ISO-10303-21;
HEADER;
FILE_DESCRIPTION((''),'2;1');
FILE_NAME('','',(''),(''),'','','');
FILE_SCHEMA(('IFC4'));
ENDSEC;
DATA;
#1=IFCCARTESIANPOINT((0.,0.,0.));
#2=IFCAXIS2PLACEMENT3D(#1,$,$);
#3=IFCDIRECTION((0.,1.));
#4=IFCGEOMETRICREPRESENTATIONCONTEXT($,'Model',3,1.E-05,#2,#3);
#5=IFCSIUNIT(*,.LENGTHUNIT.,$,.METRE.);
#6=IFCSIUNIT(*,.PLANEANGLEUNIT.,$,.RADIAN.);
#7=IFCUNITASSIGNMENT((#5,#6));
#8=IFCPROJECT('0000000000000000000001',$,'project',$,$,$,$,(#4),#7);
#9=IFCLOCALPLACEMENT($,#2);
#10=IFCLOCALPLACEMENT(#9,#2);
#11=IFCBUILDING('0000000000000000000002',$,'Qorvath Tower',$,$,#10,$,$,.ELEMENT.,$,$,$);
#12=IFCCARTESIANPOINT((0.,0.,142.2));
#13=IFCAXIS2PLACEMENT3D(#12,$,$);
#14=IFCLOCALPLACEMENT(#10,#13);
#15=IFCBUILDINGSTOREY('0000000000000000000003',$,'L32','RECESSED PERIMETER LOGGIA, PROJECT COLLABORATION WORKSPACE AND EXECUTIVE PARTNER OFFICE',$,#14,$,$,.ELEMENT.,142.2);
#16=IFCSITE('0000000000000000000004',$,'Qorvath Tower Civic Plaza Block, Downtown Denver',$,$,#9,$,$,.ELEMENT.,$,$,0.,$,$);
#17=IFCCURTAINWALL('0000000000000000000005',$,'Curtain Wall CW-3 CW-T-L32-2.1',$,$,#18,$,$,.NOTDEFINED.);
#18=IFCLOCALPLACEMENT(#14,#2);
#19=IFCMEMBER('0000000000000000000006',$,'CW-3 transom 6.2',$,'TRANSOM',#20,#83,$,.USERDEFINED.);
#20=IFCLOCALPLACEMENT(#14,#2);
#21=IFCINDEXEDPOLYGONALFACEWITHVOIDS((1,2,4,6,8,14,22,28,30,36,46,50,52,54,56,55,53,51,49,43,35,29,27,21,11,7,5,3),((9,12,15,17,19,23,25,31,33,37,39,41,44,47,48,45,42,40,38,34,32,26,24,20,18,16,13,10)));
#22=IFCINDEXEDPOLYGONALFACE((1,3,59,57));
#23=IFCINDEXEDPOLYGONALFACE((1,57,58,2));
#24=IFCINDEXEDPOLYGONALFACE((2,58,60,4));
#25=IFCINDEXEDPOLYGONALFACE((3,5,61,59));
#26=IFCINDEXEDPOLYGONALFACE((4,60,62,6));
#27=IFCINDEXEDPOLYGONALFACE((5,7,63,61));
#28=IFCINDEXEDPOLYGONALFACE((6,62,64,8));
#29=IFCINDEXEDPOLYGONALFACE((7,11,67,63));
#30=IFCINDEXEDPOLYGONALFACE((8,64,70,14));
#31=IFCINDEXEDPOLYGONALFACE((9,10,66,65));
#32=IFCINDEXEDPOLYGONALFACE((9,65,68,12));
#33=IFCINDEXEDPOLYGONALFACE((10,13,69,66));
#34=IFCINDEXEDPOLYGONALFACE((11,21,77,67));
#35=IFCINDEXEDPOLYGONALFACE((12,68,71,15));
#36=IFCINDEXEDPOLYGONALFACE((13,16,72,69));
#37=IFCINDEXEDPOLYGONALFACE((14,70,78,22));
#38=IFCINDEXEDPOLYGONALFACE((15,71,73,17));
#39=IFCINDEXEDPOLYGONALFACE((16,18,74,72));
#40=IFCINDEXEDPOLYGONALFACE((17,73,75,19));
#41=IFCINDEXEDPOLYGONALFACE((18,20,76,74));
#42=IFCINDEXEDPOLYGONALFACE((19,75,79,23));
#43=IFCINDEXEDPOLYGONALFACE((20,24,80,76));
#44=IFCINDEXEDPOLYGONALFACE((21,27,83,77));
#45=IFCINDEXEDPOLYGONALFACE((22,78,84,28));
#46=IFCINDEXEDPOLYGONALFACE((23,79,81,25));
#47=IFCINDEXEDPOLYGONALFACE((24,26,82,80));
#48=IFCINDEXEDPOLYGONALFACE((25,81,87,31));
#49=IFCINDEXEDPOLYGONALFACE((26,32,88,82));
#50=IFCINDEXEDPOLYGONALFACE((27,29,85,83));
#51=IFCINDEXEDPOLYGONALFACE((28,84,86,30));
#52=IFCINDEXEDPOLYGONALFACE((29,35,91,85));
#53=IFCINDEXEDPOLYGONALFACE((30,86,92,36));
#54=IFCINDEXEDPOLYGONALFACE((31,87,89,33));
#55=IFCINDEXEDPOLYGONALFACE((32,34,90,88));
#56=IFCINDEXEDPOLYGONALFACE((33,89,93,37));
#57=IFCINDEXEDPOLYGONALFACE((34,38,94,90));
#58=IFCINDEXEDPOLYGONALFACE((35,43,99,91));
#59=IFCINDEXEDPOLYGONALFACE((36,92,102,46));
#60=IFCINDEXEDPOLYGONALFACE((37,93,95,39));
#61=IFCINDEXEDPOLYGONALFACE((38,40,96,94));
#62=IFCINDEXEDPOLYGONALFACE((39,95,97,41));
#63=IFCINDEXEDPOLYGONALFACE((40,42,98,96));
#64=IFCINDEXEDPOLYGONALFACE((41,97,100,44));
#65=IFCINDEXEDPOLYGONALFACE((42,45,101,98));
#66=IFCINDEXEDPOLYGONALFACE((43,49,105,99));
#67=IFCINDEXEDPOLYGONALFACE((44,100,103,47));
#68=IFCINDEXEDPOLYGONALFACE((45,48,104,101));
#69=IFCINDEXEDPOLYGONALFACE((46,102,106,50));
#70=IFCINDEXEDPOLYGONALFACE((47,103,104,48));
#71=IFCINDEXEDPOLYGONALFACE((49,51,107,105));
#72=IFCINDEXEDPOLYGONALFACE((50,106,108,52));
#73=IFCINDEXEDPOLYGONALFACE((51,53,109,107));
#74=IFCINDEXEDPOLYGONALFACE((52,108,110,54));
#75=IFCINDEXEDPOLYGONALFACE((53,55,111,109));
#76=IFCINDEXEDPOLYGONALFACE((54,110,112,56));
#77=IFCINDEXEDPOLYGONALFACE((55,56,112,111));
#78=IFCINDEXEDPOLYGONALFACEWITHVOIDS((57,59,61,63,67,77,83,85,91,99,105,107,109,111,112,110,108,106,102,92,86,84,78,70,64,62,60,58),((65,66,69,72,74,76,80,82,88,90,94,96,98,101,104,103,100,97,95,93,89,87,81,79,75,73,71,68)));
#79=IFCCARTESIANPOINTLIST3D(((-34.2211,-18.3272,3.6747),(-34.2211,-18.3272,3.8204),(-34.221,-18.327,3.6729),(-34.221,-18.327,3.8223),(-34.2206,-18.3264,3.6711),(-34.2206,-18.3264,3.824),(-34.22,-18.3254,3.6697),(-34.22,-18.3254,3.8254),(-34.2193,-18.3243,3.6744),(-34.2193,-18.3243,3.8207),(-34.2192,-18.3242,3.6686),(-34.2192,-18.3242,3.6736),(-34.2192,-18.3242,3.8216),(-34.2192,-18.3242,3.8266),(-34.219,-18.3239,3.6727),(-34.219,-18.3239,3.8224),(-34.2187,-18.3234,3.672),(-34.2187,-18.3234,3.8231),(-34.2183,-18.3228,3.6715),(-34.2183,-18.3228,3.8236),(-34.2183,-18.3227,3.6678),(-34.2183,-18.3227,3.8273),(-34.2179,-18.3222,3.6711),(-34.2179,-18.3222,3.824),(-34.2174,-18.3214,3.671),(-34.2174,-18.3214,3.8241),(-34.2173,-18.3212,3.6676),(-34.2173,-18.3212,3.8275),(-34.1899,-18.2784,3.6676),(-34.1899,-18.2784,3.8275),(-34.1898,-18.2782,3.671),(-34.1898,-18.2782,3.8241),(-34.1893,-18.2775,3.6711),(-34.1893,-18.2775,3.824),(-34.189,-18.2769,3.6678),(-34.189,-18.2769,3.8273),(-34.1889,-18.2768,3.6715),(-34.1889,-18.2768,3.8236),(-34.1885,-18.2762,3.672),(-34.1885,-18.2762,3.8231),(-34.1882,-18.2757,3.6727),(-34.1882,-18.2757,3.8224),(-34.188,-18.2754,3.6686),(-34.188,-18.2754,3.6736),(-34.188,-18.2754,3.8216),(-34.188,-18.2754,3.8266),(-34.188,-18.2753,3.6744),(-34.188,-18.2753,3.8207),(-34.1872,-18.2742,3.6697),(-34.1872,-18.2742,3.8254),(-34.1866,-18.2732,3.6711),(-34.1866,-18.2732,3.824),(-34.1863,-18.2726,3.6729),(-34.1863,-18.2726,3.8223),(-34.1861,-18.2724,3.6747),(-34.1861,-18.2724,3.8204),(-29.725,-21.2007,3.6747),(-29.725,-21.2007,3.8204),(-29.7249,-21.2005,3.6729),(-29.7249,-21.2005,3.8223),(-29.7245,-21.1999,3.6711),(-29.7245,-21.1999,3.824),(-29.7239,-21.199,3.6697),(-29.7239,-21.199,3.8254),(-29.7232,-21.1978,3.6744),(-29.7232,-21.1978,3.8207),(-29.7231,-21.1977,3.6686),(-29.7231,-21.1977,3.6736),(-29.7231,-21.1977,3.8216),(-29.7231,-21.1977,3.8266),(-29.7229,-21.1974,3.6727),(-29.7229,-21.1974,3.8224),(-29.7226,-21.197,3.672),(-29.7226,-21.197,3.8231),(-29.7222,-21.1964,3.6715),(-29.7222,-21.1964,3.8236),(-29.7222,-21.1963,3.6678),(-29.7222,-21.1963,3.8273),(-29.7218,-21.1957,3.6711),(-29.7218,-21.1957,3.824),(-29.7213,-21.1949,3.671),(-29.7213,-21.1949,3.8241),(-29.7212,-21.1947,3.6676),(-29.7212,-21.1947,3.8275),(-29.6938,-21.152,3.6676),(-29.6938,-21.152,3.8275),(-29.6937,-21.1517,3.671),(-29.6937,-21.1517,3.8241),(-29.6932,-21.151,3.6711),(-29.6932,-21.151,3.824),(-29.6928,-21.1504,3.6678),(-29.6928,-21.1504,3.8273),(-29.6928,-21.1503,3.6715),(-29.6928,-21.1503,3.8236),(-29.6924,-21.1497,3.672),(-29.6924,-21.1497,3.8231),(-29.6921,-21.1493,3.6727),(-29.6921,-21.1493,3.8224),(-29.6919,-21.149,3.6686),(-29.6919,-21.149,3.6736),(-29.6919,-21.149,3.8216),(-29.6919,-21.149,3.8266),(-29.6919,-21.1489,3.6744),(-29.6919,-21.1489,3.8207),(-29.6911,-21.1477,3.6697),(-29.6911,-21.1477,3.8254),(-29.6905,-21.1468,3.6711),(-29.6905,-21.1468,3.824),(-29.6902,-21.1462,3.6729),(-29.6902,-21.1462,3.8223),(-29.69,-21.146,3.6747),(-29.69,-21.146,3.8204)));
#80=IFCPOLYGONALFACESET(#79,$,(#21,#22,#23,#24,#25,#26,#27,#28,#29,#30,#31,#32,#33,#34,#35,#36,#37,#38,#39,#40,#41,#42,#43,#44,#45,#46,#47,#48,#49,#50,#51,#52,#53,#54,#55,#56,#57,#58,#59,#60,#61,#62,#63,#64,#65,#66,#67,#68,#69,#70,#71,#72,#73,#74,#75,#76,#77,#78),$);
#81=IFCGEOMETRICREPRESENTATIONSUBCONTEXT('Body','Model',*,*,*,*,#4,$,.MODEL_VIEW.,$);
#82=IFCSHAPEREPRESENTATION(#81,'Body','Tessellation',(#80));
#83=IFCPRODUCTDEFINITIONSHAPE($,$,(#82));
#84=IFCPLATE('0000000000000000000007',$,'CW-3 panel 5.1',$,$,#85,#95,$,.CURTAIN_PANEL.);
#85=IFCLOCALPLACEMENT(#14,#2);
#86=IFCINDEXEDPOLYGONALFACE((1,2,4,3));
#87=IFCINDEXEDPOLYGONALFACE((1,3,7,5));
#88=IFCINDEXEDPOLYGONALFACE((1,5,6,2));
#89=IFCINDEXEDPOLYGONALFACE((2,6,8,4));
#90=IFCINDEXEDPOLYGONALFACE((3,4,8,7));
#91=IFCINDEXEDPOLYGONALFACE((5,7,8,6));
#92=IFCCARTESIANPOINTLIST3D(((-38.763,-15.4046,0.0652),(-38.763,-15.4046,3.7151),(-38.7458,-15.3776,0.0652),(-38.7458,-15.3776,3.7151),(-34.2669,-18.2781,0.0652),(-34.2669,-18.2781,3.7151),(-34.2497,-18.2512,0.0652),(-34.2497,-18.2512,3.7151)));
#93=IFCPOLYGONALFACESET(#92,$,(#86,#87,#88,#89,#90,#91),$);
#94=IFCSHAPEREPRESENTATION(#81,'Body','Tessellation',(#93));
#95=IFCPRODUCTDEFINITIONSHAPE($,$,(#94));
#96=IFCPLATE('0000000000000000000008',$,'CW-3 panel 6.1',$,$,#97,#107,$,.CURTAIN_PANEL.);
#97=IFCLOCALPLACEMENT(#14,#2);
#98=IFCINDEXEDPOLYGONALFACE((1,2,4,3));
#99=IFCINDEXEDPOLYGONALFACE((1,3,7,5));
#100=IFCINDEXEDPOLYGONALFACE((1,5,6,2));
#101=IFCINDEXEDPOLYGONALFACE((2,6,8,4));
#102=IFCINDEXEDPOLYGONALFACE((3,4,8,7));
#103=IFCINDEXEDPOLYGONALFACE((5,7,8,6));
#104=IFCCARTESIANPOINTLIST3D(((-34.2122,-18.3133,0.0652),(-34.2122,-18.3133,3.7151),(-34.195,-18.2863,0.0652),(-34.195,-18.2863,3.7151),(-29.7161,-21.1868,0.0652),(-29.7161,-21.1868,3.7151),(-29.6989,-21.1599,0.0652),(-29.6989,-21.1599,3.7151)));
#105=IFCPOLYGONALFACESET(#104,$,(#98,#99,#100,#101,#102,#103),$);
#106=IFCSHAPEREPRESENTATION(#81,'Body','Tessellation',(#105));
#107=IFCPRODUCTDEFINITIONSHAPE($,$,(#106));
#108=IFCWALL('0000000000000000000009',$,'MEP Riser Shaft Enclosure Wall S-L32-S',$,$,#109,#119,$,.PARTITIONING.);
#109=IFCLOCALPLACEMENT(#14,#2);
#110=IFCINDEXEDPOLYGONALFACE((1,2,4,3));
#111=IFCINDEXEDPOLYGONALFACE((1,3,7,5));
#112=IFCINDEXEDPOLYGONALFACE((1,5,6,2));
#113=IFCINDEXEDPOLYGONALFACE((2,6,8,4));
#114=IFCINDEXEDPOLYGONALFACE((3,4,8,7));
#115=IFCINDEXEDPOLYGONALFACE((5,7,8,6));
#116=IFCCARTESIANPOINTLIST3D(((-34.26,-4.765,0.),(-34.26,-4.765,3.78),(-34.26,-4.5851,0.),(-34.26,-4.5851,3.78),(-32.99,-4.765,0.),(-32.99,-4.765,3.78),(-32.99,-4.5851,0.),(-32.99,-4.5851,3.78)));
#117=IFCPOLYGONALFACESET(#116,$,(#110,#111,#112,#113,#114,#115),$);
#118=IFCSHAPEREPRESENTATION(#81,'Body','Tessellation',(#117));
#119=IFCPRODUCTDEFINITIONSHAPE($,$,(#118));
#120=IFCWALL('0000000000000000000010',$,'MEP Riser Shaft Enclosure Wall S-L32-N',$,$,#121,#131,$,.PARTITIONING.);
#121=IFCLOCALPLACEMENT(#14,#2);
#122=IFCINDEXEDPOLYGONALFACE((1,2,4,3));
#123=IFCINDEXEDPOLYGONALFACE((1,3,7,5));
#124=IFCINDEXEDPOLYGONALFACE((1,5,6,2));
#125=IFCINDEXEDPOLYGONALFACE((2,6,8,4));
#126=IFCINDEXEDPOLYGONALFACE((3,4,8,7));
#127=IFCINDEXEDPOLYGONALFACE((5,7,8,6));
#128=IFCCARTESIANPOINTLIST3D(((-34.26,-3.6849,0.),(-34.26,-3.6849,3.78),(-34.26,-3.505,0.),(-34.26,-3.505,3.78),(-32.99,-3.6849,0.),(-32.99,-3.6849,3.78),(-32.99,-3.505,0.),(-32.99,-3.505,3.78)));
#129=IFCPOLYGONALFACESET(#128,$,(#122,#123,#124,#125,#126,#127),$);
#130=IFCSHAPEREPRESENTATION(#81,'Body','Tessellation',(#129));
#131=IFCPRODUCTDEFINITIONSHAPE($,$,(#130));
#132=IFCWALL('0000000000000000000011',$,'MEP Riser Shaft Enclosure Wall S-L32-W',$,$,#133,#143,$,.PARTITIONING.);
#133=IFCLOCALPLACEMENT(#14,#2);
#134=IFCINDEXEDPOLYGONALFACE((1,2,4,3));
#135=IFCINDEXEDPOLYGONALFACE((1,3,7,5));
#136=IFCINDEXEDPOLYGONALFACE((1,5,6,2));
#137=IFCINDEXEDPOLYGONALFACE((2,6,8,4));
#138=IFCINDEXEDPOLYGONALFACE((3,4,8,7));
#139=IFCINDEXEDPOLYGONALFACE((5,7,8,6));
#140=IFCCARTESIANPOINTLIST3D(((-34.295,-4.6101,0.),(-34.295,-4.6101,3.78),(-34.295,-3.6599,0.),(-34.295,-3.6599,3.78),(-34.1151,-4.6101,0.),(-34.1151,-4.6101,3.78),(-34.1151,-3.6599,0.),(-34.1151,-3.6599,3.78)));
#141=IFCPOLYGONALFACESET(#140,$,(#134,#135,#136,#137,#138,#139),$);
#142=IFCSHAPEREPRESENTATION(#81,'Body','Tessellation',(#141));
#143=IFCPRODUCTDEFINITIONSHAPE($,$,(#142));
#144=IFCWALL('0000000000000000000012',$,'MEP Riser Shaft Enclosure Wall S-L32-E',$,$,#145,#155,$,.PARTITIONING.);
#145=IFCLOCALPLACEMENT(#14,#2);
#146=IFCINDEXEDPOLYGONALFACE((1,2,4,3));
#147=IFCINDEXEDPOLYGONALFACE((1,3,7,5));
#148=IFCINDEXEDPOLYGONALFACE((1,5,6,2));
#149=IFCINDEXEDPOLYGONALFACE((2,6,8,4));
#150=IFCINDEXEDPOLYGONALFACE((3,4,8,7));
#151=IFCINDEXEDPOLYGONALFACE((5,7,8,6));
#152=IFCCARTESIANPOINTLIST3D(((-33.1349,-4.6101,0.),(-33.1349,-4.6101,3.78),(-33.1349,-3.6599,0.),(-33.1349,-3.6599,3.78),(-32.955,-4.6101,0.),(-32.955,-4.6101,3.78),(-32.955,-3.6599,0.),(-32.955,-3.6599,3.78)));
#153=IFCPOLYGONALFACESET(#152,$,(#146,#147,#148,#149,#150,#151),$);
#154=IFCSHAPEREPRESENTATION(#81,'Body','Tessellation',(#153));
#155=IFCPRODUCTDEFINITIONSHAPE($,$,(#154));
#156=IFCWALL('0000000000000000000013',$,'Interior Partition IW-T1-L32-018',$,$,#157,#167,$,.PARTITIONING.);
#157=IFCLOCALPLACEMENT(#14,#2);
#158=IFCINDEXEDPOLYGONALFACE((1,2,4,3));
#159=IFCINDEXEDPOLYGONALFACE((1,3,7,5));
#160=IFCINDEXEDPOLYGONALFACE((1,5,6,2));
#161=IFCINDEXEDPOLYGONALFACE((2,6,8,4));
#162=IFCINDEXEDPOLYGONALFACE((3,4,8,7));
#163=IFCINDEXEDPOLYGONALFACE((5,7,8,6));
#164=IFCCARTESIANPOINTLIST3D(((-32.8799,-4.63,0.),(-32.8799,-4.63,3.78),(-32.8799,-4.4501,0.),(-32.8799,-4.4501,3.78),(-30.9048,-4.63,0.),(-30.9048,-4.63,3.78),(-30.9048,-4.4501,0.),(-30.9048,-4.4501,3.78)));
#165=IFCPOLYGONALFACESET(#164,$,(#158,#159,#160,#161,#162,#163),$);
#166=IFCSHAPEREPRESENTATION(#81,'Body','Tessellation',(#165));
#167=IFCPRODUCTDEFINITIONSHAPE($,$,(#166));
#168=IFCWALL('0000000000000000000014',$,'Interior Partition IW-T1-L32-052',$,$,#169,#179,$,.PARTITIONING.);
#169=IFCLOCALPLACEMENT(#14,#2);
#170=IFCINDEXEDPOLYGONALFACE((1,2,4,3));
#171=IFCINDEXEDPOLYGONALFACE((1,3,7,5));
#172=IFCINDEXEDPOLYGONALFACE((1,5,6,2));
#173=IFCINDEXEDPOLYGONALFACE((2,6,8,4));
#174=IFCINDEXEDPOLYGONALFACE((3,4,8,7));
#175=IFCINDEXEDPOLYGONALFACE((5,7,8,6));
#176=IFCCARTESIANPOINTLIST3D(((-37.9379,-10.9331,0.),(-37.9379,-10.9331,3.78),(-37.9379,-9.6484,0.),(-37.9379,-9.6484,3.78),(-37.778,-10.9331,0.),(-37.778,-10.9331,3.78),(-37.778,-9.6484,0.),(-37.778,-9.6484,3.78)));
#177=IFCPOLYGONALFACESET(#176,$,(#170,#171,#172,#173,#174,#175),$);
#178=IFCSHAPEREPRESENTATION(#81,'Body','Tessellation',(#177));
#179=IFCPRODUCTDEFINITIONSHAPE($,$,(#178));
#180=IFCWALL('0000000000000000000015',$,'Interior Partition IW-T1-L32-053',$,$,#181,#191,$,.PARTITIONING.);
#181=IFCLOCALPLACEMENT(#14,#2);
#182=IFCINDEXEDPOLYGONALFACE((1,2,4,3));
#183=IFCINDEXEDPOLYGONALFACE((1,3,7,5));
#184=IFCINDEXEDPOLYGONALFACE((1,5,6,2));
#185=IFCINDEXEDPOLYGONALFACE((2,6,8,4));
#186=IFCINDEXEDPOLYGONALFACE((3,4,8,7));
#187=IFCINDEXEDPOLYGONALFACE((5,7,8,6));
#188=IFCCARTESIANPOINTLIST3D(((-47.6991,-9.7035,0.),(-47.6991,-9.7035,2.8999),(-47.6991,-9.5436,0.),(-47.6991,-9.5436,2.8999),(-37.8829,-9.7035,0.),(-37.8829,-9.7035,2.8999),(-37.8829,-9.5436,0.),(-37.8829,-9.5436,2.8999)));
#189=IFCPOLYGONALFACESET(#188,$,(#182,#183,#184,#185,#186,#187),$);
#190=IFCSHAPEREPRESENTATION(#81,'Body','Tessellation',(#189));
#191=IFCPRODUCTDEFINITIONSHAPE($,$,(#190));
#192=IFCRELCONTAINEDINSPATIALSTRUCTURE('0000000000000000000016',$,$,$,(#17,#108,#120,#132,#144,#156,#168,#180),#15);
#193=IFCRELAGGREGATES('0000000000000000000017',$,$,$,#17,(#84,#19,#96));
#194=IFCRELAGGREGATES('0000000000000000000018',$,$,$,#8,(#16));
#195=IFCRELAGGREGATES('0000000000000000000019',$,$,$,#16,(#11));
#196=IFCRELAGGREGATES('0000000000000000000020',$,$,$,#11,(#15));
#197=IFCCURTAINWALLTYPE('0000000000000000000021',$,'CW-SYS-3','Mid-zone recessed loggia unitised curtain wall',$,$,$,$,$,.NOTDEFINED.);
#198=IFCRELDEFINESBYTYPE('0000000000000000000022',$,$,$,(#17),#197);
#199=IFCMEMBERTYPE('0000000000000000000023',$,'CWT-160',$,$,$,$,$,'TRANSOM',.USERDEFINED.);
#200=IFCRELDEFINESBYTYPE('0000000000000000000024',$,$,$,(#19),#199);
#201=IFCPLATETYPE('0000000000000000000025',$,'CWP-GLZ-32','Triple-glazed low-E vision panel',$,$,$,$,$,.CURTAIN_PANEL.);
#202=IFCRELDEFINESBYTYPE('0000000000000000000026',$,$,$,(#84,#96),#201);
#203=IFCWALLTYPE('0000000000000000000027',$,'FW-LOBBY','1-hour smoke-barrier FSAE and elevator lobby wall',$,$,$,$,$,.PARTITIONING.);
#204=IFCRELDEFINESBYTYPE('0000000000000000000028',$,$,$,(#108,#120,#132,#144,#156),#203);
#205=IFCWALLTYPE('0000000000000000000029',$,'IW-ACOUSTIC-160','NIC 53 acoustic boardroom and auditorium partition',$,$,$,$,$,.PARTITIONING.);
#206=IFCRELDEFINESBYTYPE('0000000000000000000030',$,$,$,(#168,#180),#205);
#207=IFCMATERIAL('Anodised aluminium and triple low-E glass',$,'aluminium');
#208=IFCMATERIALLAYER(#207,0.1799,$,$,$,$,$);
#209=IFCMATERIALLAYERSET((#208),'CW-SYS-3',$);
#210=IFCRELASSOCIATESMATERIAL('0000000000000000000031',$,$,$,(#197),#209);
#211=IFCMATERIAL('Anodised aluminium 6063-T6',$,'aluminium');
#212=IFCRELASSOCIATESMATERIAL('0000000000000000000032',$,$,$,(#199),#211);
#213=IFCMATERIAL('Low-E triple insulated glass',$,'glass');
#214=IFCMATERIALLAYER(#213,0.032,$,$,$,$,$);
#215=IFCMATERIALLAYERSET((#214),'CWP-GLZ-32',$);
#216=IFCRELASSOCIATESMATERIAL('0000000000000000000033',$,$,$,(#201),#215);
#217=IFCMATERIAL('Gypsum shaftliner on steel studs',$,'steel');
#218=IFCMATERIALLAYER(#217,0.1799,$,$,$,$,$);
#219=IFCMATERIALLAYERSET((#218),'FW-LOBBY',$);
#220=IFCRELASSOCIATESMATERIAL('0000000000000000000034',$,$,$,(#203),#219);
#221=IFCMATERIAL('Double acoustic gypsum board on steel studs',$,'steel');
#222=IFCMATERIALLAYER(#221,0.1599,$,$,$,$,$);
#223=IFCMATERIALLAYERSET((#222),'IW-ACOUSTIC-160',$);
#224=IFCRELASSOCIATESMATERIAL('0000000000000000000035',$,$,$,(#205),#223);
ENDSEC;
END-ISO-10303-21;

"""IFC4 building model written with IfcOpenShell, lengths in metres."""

from ifc_helpers import new_model, si_unit, direction, frame, frame_2d, origin, origin_2d, place, context, subcontext, project, spatial, rectangle, hollow_rectangle, extrude, material, layer, layer_set, material_profile, profile_set, type_object, element, aggregate, save


model = new_model("IFC4")

# Units and contexts
model_context = context("Model", 3, precision=1e-05, world=origin(), true_north=direction((0.0, 1.0)))
body_context = subcontext(model_context, "Body", "Model", "MODEL_VIEW")
ifc_project = project(units=[si_unit("LENGTHUNIT", "METRE"), si_unit("PLANEANGLEUNIT", "RADIAN")], contexts=[model_context])

# Site, building, storey
site_placement = place(None, origin())
site = spatial("IfcSite", under=ifc_project, at=site_placement, Name="Qorvath Tower Civic Plaza Block, Downtown Denver", CompositionType="ELEMENT", RefElevation=0.0)
building_placement = place(site_placement, origin())
building = spatial("IfcBuilding", under=site, at=building_placement, Name="Qorvath Tower", CompositionType="ELEMENT")
storey_placement = place(building_placement, frame((0.0, 0.0, 142.2)))
storey = spatial("IfcBuildingStorey", under=building, at=storey_placement, Name="L32", Description="RECESSED PERIMETER LOGGIA, PROJECT COLLABORATION WORKSPACE AND EXECUTIVE PARTNER OFFICE", CompositionType="ELEMENT", Elevation=142.2)

# Curtain wall, member, plates
ifc_material_1 = material(Name="Anodised aluminium and triple low-E glass", Category="aluminium")
ifc_layer_1 = layer(ifc_material_1, 0.1799)
ifc_layer_set_1 = layer_set([ifc_layer_1], Name="CW-SYS-3")
curtain_wall_type = type_object("IfcCurtainWallType", Name="CW-SYS-3", Description="Mid-zone recessed loggia unitised curtain wall", PredefinedType="NOTDEFINED", material=ifc_layer_set_1)
curtain_wall_placement = place(storey_placement, origin())
curtain_wall = element("IfcCurtainWall", 1, at=curtain_wall_placement, inside=storey, type_object=curtain_wall_type, Name="Curtain Wall CW-3 CW-T-L32-2.1", PredefinedType="NOTDEFINED")
ifc_material_2 = material(Name="Anodised aluminium 6063-T6", Category="aluminium")
ifc_material_profile_1 = material_profile(ifc_material_2, hollow_rectangle(XDim=0.0649, YDim=0.1599, WallThickness=0.0034, InnerFilletRadius=0.0034, OuterFilletRadius=0.0071, at=origin_2d()), Name="CWT 160x65")
ifc_profile_set_1 = profile_set([ifc_material_profile_1], Name="Anodised aluminium 6063-T6")
member_type_1 = type_object("IfcMemberType", Name="CWT-160", ElementType="TRANSOM", PredefinedType="USERDEFINED", material=ifc_profile_set_1)
member_1_placement = place(storey_placement, frame((-34.2036, -18.2998, 3.7476), z_axis=(0.842609, -0.538526, 0.0), x_axis=(0.538526, 0.842609, 0.0)))
member_1 = element("IfcMember", 2, at=member_1_placement, type_object=member_type_1, Name="CW-3 transom 6.2", ObjectType="TRANSOM", PredefinedType="USERDEFINED", context=body_context, shape_type="SweptSolid", body=[
    extrude(hollow_rectangle(XDim=0.0649, YDim=0.1599, WallThickness=0.0034, InnerFilletRadius=0.0034, OuterFilletRadius=0.0071, at=origin_2d()), origin(), (0.0, 0.0, 1.0), 5.3359),
])
ifc_material_3 = material(Name="Low-E triple insulated glass", Category="glass")
ifc_layer_2 = layer(ifc_material_3, 0.032)
ifc_layer_set_2 = layer_set([ifc_layer_2], Name="CWP-GLZ-32")
plate_type = type_object("IfcPlateType", Name="CWP-GLZ-32", Description="Triple-glazed low-E vision panel", PredefinedType="CURTAIN_PANEL", material=ifc_layer_set_2)
plate_1_placement = place(storey_placement, frame((-36.5063, -16.8279, 0.0652), z_axis=(0.0, 0.0, 1.0), x_axis=(0.842604, -0.538533, 0.0)))
plate_1 = element("IfcPlate", 3, at=plate_1_placement, type_object=plate_type, Name="CW-3 panel 5.1", PredefinedType="CURTAIN_PANEL", context=body_context, shape_type="SweptSolid", body=[
    extrude(rectangle(XDim=5.3359, YDim=0.032, at=origin_2d()), origin(), (0.0, 0.0, 1.0), 3.6499),
])
plate_2_placement = place(storey_placement, frame((-31.9556, -19.7366, 0.0652), z_axis=(0.0, 0.0, 1.0), x_axis=(0.842604, -0.538533, 0.0)))
plate_2 = element("IfcPlate", 4, at=plate_2_placement, type_object=plate_type, Name="CW-3 panel 6.1", PredefinedType="CURTAIN_PANEL", context=body_context, shape_type="SweptSolid", body=[
    extrude(rectangle(XDim=5.3359, YDim=0.032, at=origin_2d()), origin(), (0.0, 0.0, 1.0), 3.6499),
])
aggregate(curtain_wall, [plate_1, member_1, plate_2])

# Walls
ifc_material_4 = material(Name="Gypsum shaftliner on steel studs", Category="steel")
ifc_layer_3 = layer(ifc_material_4, 0.1799)
ifc_layer_set_3 = layer_set([ifc_layer_3], Name="FW-LOBBY")
wall_type_1 = type_object("IfcWallType", Name="FW-LOBBY", Description="1-hour smoke-barrier FSAE and elevator lobby wall", PredefinedType="PARTITIONING", material=ifc_layer_set_3)
for number, where, z_axis, x_axis, name in (
    (5, (-32.99, -4.675, 0.0), (0.0, 0.0, 1.0), (-1.0, 0.0, 0.0), "MEP Riser Shaft Enclosure Wall S-L32-S"),
    (6, (-34.26, -3.595, 0.0), (0.0, 0.0, 1.0), (1.0, 0.0, 0.0), "MEP Riser Shaft Enclosure Wall S-L32-N"),
):
    element("IfcWall", number, at=place(storey_placement, frame(where, z_axis=z_axis, x_axis=x_axis)), inside=storey, type_object=wall_type_1, Name=name, PredefinedType="PARTITIONING", context=body_context, shape_type="SweptSolid", body=[
        extrude(rectangle(XDim=1.27, YDim=0.1799, at=frame_2d((0.635, 0.0))), origin(), (0.0, 0.0, 1.0), 3.78),
    ])
for number, where, z_axis, x_axis, name in (
    (7, (-34.2051, -4.6101, 0.0), (0.0, 0.0, 1.0), (0.0, 1.0, 0.0), "MEP Riser Shaft Enclosure Wall S-L32-W"),
    (8, (-33.0449, -3.6599, 0.0), (0.0, 0.0, 1.0), (0.0, -1.0, 0.0), "MEP Riser Shaft Enclosure Wall S-L32-E"),
):
    element("IfcWall", number, at=place(storey_placement, frame(where, z_axis=z_axis, x_axis=x_axis)), inside=storey, type_object=wall_type_1, Name=name, PredefinedType="PARTITIONING", context=body_context, shape_type="SweptSolid", body=[
        extrude(rectangle(XDim=0.9502, YDim=0.1799, at=frame_2d((0.4751, 0.0))), origin(), (0.0, 0.0, 1.0), 3.78),
    ])
wall_1_placement = place(storey_placement, frame((-32.8799, -4.54, 0.0), z_axis=(0.0, 0.0, 1.0), x_axis=(1.0, 0.0, 0.0)))
element("IfcWall", 9, at=wall_1_placement, inside=storey, type_object=wall_type_1, Name="Interior Partition IW-T1-L32-018", PredefinedType="PARTITIONING", context=body_context, shape_type="SweptSolid", body=[
    extrude(rectangle(XDim=1.9751, YDim=0.1799, at=frame_2d((0.9875, 0.0))), origin(), (0.0, 0.0, 1.0), 3.78),
])

# Shared definitions
ifc_material_5 = material(Name="Double acoustic gypsum board on steel studs", Category="steel")
ifc_layer_4 = layer(ifc_material_5, 0.1599)
ifc_layer_set_4 = layer_set([ifc_layer_4], Name="IW-ACOUSTIC-160")
wall_type_2 = type_object("IfcWallType", Name="IW-ACOUSTIC-160", Description="NIC 53 acoustic boardroom and auditorium partition", PredefinedType="PARTITIONING", material=ifc_layer_set_4)

# Walls
wall_2_placement = place(storey_placement, frame((-37.8579, -10.9331, 0.0), z_axis=(0.0, 0.0, 1.0), x_axis=(0.0, 1.0, 0.0)))
element("IfcWall", 10, at=wall_2_placement, inside=storey, type_object=wall_type_2, Name="Interior Partition IW-T1-L32-052", PredefinedType="PARTITIONING", context=body_context, shape_type="SweptSolid", body=[
    extrude(rectangle(XDim=1.2847, YDim=0.1599, at=frame_2d((0.6423, 0.0))), origin(), (0.0, 0.0, 1.0), 3.78),
])
wall_3_placement = place(storey_placement, frame((-37.8828, -9.6235, 0.0), z_axis=(0.0, 0.0, 1.0), x_axis=(-1.0, 0.0, 0.0)))
element("IfcWall", 11, at=wall_3_placement, inside=storey, type_object=wall_type_2, Name="Interior Partition IW-T1-L32-053", PredefinedType="PARTITIONING", context=body_context, shape_type="SweptSolid", body=[
    extrude(rectangle(XDim=9.8162, YDim=0.1599, at=frame_2d((4.9082, 0.0))), origin(), (0.0, 0.0, 1.0), 2.8999),
])

save(model, "model.ifc")
